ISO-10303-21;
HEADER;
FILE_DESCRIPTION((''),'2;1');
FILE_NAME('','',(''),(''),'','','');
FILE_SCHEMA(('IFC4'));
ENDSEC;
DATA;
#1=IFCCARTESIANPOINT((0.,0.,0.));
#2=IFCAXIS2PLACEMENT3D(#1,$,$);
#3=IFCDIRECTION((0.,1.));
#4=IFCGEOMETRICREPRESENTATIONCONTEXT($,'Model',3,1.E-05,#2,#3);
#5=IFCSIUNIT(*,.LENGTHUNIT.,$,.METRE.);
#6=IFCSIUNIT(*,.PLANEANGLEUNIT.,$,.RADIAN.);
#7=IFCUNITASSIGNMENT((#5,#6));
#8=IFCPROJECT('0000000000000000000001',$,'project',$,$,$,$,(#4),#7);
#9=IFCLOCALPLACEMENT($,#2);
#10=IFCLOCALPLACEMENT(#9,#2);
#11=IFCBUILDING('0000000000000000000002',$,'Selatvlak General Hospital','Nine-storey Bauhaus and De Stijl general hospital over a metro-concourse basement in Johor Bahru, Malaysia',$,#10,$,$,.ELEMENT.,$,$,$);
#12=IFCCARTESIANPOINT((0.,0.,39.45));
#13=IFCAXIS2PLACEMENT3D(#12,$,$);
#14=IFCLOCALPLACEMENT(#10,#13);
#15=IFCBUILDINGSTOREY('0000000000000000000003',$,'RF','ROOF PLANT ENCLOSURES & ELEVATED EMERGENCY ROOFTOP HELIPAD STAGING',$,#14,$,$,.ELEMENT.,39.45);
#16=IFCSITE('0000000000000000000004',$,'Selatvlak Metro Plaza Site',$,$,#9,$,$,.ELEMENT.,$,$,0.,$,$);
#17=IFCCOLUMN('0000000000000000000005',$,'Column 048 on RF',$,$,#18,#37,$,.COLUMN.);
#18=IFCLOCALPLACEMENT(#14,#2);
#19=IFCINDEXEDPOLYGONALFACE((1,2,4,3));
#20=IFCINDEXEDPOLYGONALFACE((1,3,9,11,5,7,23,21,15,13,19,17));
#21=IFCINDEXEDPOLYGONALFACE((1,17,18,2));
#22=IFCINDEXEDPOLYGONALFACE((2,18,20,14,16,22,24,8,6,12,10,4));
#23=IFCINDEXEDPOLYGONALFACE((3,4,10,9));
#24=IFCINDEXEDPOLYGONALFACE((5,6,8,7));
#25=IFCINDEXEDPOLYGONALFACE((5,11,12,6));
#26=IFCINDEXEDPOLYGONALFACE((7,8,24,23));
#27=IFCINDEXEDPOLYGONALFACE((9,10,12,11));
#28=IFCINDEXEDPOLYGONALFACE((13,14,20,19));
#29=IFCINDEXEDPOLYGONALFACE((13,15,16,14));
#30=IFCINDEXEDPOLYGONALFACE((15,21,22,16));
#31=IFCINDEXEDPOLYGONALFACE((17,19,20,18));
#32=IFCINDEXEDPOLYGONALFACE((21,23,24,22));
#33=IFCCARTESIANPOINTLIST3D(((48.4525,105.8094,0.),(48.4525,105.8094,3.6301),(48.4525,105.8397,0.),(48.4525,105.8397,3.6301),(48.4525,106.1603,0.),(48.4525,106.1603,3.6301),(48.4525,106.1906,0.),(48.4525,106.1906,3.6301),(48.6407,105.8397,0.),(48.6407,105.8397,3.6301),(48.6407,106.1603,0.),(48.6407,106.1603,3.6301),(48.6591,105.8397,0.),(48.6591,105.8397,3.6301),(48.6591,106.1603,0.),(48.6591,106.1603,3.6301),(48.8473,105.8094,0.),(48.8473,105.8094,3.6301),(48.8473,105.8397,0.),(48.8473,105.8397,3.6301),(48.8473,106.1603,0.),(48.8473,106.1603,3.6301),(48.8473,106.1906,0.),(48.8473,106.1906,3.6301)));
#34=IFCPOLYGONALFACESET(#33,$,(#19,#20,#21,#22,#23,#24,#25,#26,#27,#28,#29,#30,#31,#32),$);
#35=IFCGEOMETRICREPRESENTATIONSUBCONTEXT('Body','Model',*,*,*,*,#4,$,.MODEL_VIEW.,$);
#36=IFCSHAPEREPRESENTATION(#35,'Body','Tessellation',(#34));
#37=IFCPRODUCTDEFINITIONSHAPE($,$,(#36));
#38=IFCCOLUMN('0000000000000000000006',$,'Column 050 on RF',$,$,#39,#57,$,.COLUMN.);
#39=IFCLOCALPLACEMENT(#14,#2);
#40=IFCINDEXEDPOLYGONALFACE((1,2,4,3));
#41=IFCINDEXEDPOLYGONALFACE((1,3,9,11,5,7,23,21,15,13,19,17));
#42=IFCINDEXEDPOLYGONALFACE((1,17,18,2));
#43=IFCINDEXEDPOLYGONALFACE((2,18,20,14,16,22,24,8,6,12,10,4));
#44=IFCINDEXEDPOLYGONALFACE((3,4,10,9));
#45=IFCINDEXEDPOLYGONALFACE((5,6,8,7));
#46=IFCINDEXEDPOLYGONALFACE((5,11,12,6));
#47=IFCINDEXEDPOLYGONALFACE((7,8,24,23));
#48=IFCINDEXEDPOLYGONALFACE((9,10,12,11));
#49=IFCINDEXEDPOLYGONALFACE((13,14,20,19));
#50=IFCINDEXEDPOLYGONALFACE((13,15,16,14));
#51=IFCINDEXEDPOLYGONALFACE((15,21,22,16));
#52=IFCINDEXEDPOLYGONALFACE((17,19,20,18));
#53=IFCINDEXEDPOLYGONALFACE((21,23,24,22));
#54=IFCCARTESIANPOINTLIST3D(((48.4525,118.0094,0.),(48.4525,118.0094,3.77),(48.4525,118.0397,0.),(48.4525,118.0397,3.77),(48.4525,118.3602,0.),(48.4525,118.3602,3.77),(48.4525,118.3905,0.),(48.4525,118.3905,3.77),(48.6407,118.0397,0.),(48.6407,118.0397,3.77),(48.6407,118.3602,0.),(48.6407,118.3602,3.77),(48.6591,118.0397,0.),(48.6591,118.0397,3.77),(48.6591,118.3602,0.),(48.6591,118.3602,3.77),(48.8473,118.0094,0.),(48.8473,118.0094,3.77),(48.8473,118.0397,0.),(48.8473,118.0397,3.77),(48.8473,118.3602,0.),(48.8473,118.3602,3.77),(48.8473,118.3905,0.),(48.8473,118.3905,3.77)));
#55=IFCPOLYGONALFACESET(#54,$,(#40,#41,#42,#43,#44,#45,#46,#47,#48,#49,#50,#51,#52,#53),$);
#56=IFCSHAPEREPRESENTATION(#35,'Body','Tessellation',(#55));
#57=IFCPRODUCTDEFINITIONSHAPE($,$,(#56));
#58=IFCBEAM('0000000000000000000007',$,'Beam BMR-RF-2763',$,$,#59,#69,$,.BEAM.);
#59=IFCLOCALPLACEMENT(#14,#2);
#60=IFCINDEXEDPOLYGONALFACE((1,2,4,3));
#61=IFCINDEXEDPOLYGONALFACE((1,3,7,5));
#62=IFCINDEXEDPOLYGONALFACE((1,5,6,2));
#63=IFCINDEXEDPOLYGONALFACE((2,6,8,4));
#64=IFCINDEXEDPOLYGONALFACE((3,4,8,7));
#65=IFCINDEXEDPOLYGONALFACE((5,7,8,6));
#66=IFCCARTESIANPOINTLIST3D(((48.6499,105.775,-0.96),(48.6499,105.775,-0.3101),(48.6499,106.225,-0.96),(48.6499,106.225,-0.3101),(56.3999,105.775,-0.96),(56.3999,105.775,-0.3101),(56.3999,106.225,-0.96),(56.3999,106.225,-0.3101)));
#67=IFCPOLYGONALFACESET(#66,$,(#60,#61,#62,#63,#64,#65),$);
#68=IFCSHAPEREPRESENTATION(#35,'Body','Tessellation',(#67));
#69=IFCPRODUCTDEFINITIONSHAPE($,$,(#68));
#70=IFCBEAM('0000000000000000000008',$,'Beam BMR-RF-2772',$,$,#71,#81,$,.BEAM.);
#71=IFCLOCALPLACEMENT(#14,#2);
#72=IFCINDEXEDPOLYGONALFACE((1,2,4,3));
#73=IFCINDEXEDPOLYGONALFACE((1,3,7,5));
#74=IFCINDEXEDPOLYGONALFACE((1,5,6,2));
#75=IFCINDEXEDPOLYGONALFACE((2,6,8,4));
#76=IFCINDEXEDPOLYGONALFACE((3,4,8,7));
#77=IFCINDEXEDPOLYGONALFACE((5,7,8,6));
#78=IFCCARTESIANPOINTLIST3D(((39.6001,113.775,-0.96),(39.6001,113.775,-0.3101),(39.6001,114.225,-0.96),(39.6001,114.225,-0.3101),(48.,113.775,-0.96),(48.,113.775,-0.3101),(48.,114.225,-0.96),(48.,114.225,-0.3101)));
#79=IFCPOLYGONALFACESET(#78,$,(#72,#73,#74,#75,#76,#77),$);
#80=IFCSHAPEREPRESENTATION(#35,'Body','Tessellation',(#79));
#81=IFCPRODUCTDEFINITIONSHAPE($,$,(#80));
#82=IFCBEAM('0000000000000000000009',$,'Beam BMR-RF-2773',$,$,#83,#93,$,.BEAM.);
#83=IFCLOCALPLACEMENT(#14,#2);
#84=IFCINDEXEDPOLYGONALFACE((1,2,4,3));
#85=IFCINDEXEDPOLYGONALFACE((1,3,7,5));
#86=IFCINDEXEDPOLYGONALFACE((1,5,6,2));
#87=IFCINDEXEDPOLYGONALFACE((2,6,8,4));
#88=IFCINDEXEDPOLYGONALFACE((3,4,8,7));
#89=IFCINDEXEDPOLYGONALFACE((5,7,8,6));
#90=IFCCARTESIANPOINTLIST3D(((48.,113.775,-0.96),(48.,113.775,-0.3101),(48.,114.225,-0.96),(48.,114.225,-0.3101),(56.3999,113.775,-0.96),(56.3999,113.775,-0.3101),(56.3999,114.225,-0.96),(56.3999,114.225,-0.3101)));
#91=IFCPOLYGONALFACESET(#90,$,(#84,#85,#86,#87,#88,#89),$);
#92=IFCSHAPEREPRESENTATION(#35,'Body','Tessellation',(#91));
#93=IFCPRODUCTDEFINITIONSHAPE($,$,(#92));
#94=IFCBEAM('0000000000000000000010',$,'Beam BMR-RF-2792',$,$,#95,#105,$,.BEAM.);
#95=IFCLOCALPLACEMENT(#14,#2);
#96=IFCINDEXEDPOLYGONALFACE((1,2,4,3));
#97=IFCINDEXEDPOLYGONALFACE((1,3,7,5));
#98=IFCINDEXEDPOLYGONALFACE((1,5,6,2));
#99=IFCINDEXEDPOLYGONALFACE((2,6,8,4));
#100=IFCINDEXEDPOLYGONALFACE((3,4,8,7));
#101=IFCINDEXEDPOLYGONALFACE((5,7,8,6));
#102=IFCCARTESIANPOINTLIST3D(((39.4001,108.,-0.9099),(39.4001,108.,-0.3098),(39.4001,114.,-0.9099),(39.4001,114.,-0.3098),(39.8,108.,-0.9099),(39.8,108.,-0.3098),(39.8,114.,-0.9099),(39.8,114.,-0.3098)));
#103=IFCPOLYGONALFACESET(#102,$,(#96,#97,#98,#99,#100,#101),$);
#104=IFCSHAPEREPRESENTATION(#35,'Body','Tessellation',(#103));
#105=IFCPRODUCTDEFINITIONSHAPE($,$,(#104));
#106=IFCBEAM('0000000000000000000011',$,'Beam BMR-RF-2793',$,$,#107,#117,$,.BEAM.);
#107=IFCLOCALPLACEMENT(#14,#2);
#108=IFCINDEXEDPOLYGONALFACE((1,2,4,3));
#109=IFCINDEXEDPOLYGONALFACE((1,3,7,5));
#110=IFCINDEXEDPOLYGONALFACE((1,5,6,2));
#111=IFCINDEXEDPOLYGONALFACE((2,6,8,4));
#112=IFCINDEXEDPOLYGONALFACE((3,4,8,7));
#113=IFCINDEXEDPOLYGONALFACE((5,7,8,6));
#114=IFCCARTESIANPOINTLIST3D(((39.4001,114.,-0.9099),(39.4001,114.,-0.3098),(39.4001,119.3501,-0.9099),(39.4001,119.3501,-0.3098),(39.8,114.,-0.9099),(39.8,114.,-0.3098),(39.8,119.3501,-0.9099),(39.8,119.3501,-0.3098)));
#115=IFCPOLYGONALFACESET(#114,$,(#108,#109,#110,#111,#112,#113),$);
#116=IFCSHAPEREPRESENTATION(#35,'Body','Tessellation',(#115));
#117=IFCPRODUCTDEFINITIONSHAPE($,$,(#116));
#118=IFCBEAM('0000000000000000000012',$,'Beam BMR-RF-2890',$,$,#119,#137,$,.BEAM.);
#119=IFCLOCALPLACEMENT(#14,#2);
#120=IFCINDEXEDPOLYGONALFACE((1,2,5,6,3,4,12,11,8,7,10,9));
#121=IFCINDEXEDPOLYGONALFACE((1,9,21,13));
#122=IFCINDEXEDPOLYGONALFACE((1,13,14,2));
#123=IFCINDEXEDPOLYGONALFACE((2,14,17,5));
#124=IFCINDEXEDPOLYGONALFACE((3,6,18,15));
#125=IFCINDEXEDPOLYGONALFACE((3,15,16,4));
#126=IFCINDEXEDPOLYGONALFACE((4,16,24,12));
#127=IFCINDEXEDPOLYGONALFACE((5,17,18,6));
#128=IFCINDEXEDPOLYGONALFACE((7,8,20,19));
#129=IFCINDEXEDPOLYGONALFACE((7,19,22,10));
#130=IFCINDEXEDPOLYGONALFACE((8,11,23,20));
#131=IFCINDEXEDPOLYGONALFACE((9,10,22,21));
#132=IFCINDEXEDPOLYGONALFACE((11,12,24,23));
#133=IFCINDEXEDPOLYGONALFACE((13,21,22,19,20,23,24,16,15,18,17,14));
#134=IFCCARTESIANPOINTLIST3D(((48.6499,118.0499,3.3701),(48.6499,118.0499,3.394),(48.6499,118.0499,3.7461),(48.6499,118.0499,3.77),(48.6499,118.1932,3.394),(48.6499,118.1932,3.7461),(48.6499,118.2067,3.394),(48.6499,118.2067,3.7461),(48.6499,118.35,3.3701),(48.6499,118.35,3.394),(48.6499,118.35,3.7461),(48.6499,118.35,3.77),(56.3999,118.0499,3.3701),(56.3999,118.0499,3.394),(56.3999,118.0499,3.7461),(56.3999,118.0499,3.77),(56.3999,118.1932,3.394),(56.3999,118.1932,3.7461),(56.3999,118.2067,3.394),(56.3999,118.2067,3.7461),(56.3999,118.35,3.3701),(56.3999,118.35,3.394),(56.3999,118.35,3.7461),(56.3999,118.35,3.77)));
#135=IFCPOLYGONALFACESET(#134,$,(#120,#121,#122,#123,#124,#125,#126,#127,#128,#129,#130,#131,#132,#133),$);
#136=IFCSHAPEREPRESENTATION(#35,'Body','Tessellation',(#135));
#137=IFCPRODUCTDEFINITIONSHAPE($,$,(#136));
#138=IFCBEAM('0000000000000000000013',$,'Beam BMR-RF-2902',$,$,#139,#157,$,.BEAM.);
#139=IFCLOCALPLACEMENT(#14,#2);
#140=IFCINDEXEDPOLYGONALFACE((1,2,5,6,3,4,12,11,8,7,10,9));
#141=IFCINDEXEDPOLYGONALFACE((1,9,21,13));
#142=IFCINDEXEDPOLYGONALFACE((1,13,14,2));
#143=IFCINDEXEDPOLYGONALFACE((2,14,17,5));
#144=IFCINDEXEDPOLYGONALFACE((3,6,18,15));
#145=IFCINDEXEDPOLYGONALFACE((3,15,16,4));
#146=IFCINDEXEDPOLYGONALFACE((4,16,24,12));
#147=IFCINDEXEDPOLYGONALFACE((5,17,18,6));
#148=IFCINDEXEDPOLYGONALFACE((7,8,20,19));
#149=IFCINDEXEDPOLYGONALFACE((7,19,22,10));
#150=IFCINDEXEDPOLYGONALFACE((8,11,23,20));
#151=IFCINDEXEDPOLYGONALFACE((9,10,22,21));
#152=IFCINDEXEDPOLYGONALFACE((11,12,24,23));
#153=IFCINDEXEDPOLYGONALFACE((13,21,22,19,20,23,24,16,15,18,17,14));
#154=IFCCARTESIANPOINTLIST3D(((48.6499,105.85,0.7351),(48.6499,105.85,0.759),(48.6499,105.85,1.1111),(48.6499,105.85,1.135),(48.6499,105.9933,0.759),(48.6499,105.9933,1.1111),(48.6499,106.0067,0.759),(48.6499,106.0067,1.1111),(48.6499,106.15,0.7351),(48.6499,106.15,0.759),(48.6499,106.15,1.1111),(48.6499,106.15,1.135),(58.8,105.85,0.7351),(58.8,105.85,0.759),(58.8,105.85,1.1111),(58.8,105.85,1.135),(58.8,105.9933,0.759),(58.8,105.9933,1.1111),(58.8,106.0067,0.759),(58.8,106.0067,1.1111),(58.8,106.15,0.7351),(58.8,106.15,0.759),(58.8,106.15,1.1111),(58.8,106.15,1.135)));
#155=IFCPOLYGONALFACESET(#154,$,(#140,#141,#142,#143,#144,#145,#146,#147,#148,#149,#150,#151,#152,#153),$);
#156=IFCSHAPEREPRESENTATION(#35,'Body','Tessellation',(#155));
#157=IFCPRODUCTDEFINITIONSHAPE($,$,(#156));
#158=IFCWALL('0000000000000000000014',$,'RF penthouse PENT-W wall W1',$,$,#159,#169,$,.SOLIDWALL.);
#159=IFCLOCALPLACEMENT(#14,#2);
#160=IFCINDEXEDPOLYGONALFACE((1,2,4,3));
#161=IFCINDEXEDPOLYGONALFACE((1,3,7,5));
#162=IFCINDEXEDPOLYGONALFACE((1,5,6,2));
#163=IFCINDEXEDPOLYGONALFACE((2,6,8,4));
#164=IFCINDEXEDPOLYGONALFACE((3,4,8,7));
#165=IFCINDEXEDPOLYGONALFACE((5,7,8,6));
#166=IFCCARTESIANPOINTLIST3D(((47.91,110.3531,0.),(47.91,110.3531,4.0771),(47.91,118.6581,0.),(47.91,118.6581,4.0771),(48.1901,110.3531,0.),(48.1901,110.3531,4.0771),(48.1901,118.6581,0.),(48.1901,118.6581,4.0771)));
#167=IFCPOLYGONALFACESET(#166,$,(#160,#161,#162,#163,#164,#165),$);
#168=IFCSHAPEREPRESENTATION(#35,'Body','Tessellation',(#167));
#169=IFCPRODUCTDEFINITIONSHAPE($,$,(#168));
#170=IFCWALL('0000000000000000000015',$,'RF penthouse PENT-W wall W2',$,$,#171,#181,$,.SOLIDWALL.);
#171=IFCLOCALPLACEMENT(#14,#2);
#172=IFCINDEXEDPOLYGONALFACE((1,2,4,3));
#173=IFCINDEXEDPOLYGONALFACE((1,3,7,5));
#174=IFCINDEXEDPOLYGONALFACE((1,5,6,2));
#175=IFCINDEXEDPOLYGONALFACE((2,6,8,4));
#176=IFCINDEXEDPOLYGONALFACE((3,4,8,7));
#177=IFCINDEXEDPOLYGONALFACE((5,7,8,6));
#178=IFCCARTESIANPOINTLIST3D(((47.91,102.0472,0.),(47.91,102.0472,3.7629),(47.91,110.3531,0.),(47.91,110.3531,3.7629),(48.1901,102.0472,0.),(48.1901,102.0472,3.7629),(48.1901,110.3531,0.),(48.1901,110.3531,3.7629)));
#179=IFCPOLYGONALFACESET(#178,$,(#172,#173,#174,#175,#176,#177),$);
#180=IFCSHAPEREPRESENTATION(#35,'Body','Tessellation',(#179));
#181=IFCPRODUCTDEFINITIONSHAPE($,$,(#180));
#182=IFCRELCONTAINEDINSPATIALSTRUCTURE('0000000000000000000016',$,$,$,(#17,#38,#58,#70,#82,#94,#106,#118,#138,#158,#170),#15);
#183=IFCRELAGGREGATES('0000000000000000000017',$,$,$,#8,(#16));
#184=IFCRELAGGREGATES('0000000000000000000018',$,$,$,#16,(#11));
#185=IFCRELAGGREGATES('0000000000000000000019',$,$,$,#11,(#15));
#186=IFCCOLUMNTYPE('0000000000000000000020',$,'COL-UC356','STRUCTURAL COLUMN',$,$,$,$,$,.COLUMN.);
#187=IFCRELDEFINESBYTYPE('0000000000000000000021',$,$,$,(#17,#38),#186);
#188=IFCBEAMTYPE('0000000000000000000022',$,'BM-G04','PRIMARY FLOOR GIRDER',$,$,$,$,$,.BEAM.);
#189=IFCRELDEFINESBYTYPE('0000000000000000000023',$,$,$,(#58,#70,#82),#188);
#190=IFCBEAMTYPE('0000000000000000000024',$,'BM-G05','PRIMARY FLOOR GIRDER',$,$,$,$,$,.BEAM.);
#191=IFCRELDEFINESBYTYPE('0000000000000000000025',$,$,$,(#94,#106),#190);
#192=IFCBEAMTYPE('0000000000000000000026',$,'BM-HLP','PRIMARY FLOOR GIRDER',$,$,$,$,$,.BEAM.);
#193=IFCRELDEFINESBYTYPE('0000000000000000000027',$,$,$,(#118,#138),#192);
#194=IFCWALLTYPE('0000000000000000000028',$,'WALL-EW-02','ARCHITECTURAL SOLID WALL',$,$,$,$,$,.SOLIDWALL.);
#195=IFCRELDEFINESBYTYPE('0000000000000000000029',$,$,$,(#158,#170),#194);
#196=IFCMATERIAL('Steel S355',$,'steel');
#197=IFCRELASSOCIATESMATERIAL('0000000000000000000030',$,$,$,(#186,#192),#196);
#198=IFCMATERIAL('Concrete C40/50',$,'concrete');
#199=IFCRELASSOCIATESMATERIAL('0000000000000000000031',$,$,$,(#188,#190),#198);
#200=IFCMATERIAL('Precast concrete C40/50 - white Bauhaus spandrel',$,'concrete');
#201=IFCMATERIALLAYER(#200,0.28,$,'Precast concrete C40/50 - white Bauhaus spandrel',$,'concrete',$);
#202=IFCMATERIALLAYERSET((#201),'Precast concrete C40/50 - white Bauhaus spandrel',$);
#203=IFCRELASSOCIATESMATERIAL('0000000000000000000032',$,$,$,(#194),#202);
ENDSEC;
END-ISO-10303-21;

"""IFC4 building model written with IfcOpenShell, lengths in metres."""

from ifc_helpers import new_model, si_unit, direction, frame, frame_2d, origin, origin_2d, place, context, subcontext, project, spatial, rectangle, i_section, extrude, material, layer, layer_set, material_profile, profile_set, type_object, element, save


model = new_model("IFC4")

# Units and contexts
model_context = context("Model", 3, precision=1e-05, world=origin(), true_north=direction((0.0, 1.0)))
body_context = subcontext(model_context, "Body", "Model", "MODEL_VIEW")
ifc_project = project(units=[si_unit("LENGTHUNIT", "METRE"), si_unit("PLANEANGLEUNIT", "RADIAN")], contexts=[model_context])

# Site, building, storey
site_placement = place(None, origin())
site = spatial("IfcSite", under=ifc_project, at=site_placement, Name="Selatvlak Metro Plaza Site", CompositionType="ELEMENT", RefElevation=0.0)
building_placement = place(site_placement, origin())
building = spatial("IfcBuilding", under=site, at=building_placement, Name="Selatvlak General Hospital", Description="Nine-storey Bauhaus and De Stijl general hospital over a metro-concourse basement in Johor Bahru, Malaysia", CompositionType="ELEMENT")
storey_placement = place(building_placement, frame((0.0, 0.0, 39.45)))
storey = spatial("IfcBuildingStorey", under=building, at=storey_placement, Name="RF", Description="ROOF PLANT ENCLOSURES & ELEVATED EMERGENCY ROOFTOP HELIPAD STAGING", CompositionType="ELEMENT", Elevation=39.45)

# Columns
ifc_material_1 = material(Name="Steel S355", Category="steel")
ifc_material_profile_1 = material_profile(ifc_material_1, i_section(OverallWidth=0.3948, OverallDepth=0.3811, WebThickness=0.0183, FlangeThickness=0.0303, at=origin_2d()), Name="UC 356x406x235")
ifc_profile_set_1 = profile_set([ifc_material_profile_1], Name="Steel S355")
column_type = type_object("IfcColumnType", Name="COL-UC356", Description="STRUCTURAL COLUMN", PredefinedType="COLUMN", material=ifc_profile_set_1)
column_1_placement = place(storey_placement, frame((48.6499, 106.0, 0.0), z_axis=(0.0, 0.0, 1.0), x_axis=(1.0, 0.0, 0.0)))
element("IfcColumn", 1, at=column_1_placement, inside=storey, type_object=column_type, Name="Column 048 on RF", PredefinedType="COLUMN", context=body_context, shape_type="SweptSolid", body=[
    extrude(i_section(OverallWidth=0.3948, OverallDepth=0.3811, WebThickness=0.0183, FlangeThickness=0.0303, at=origin_2d()), origin(), (0.0, 0.0, 1.0), 3.6301),
])
column_2_placement = place(storey_placement, frame((48.6499, 118.2, 0.0), z_axis=(0.0, 0.0, 1.0), x_axis=(1.0, 0.0, 0.0)))
element("IfcColumn", 2, at=column_2_placement, inside=storey, type_object=column_type, Name="Column 050 on RF", PredefinedType="COLUMN", context=body_context, shape_type="SweptSolid", body=[
    extrude(i_section(OverallWidth=0.3948, OverallDepth=0.3811, WebThickness=0.0183, FlangeThickness=0.0303, at=origin_2d()), origin(), (0.0, 0.0, 1.0), 3.77),
])

# Beams
ifc_material_2 = material(Name="Concrete C40/50", Category="concrete")
ifc_material_profile_2 = material_profile(ifc_material_2, rectangle(XDim=0.45, YDim=0.6499, at=origin_2d()), Name="RC-BM 450x650")
ifc_profile_set_2 = profile_set([ifc_material_profile_2], Name="Concrete C40/50")
beam_type_1 = type_object("IfcBeamType", Name="BM-G04", Description="PRIMARY FLOOR GIRDER", PredefinedType="BEAM", material=ifc_profile_set_2)
beam_1_placement = place(storey_placement, frame((48.6499, 106.0, -0.635), z_axis=(1.0, 0.0, 0.0), x_axis=(0.0, 1.0, 0.0)))
element("IfcBeam", 3, at=beam_1_placement, inside=storey, type_object=beam_type_1, Name="Beam BMR-RF-2763", PredefinedType="BEAM", context=body_context, shape_type="SweptSolid", body=[
    extrude(rectangle(XDim=0.45, YDim=0.6499, at=origin_2d()), origin(), (0.0, 0.0, 1.0), 7.75),
])
for number, where, z_axis, x_axis, name in (
    (4, (39.6001, 114.0, -0.635), (1.0, 0.0, 0.0), (0.0, 1.0, 0.0), "Beam BMR-RF-2772"),
    (5, (48.0, 114.0, -0.635), (1.0, 0.0, 0.0), (0.0, 1.0, 0.0), "Beam BMR-RF-2773"),
):
    element("IfcBeam", number, at=place(storey_placement, frame(where, z_axis=z_axis, x_axis=x_axis)), inside=storey, type_object=beam_type_1, Name=name, PredefinedType="BEAM", context=body_context, shape_type="SweptSolid", body=[
        extrude(rectangle(XDim=0.45, YDim=0.6499, at=origin_2d()), origin(), (0.0, 0.0, 1.0), 8.3999),
    ])
ifc_material_profile_3 = material_profile(ifc_material_2, rectangle(XDim=0.3999, YDim=0.6001, at=origin_2d()), Name="RC-BM 400x600")
ifc_profile_set_3 = profile_set([ifc_material_profile_3], Name="Concrete C40/50")
beam_type_2 = type_object("IfcBeamType", Name="BM-G05", Description="PRIMARY FLOOR GIRDER", PredefinedType="BEAM", material=ifc_profile_set_3)
beam_2_placement = place(storey_placement, frame((39.6001, 108.0, -0.6099), z_axis=(0.0, 1.0, 0.0), x_axis=(-1.0, 0.0, 0.0)))
element("IfcBeam", 6, at=beam_2_placement, inside=storey, type_object=beam_type_2, Name="Beam BMR-RF-2792", PredefinedType="BEAM", context=body_context, shape_type="SweptSolid", body=[
    extrude(rectangle(XDim=0.3999, YDim=0.6001, at=origin_2d()), origin(), (0.0, 0.0, 1.0), 6.0),
])
beam_3_placement = place(storey_placement, frame((39.6001, 114.0, -0.6099), z_axis=(0.0, 1.0, 0.0), x_axis=(-1.0, 0.0, 0.0)))
element("IfcBeam", 7, at=beam_3_placement, inside=storey, type_object=beam_type_2, Name="Beam BMR-RF-2793", PredefinedType="BEAM", context=body_context, shape_type="SweptSolid", body=[
    extrude(rectangle(XDim=0.3999, YDim=0.6001, at=origin_2d()), origin(), (0.0, 0.0, 1.0), 5.3501),
])
ifc_material_profile_4 = material_profile(ifc_material_1, i_section(OverallWidth=0.3, OverallDepth=0.3999, WebThickness=0.0134, FlangeThickness=0.0239, at=origin_2d()), Name="HEB 400")
ifc_profile_set_4 = profile_set([ifc_material_profile_4], Name="Steel S355")
beam_type_3 = type_object("IfcBeamType", Name="BM-HLP", Description="PRIMARY FLOOR GIRDER", PredefinedType="BEAM", material=ifc_profile_set_4)
beam_4_placement = place(storey_placement, frame((48.6499, 118.2, 3.5701), z_axis=(1.0, 0.0, 0.0), x_axis=(0.0, 1.0, 0.0)))
element("IfcBeam", 8, at=beam_4_placement, inside=storey, type_object=beam_type_3, Name="Beam BMR-RF-2890", PredefinedType="BEAM", context=body_context, shape_type="SweptSolid", body=[
    extrude(i_section(OverallWidth=0.3, OverallDepth=0.3999, WebThickness=0.0134, FlangeThickness=0.0239, at=origin_2d()), origin(), (0.0, 0.0, 1.0), 7.75),
])
beam_5_placement = place(storey_placement, frame((48.6499, 106.0, 0.9351), z_axis=(1.0, 0.0, 0.0), x_axis=(0.0, 1.0, 0.0)))
element("IfcBeam", 9, at=beam_5_placement, inside=storey, type_object=beam_type_3, Name="Beam BMR-RF-2902", PredefinedType="BEAM", context=body_context, shape_type="SweptSolid", body=[
    extrude(i_section(OverallWidth=0.3, OverallDepth=0.3999, WebThickness=0.0134, FlangeThickness=0.0239, at=origin_2d()), origin(), (0.0, 0.0, 1.0), 10.1501),
])

# Walls
ifc_material_3 = material(Name="Precast concrete C40/50 - white Bauhaus spandrel", Category="concrete")
ifc_layer_1 = layer(ifc_material_3, 0.28, Name="Precast concrete C40/50 - white Bauhaus spandrel", Category="concrete")
ifc_layer_set_1 = layer_set([ifc_layer_1], Name="Precast concrete C40/50 - white Bauhaus spandrel")
wall_type_1 = type_object("IfcWallType", Name="WALL-EW-02", Description="ARCHITECTURAL SOLID WALL", PredefinedType="SOLIDWALL", material=ifc_layer_set_1)
wall_1_placement = place(storey_placement, frame((48.05, 118.658, 0.0), z_axis=(0.0, 0.0, 1.0), x_axis=(0.0, -1.0, 0.0)))
element("IfcWall", 10, at=wall_1_placement, inside=storey, type_object=wall_type_1, Name="RF penthouse PENT-W wall W1", PredefinedType="SOLIDWALL", context=body_context, shape_type="SweptSolid", body=[
    extrude(rectangle(XDim=8.3049, YDim=0.28, at=frame_2d((4.1523, 0.0))), origin(), (0.0, 0.0, 1.0), 4.0771),
])
wall_2_placement = place(storey_placement, frame((48.05, 110.353, 0.0), z_axis=(0.0, 0.0, 1.0), x_axis=(0.0, -1.0, 0.0)))
element("IfcWall", 11, at=wall_2_placement, inside=storey, type_object=wall_type_1, Name="RF penthouse PENT-W wall W2", PredefinedType="SOLIDWALL", context=body_context, shape_type="SweptSolid", body=[
    extrude(rectangle(XDim=8.3059, YDim=0.28, at=frame_2d((4.1528, 0.0))), origin(), (0.0, 0.0, 1.0), 3.7629),
])

save(model, "model.ifc")
